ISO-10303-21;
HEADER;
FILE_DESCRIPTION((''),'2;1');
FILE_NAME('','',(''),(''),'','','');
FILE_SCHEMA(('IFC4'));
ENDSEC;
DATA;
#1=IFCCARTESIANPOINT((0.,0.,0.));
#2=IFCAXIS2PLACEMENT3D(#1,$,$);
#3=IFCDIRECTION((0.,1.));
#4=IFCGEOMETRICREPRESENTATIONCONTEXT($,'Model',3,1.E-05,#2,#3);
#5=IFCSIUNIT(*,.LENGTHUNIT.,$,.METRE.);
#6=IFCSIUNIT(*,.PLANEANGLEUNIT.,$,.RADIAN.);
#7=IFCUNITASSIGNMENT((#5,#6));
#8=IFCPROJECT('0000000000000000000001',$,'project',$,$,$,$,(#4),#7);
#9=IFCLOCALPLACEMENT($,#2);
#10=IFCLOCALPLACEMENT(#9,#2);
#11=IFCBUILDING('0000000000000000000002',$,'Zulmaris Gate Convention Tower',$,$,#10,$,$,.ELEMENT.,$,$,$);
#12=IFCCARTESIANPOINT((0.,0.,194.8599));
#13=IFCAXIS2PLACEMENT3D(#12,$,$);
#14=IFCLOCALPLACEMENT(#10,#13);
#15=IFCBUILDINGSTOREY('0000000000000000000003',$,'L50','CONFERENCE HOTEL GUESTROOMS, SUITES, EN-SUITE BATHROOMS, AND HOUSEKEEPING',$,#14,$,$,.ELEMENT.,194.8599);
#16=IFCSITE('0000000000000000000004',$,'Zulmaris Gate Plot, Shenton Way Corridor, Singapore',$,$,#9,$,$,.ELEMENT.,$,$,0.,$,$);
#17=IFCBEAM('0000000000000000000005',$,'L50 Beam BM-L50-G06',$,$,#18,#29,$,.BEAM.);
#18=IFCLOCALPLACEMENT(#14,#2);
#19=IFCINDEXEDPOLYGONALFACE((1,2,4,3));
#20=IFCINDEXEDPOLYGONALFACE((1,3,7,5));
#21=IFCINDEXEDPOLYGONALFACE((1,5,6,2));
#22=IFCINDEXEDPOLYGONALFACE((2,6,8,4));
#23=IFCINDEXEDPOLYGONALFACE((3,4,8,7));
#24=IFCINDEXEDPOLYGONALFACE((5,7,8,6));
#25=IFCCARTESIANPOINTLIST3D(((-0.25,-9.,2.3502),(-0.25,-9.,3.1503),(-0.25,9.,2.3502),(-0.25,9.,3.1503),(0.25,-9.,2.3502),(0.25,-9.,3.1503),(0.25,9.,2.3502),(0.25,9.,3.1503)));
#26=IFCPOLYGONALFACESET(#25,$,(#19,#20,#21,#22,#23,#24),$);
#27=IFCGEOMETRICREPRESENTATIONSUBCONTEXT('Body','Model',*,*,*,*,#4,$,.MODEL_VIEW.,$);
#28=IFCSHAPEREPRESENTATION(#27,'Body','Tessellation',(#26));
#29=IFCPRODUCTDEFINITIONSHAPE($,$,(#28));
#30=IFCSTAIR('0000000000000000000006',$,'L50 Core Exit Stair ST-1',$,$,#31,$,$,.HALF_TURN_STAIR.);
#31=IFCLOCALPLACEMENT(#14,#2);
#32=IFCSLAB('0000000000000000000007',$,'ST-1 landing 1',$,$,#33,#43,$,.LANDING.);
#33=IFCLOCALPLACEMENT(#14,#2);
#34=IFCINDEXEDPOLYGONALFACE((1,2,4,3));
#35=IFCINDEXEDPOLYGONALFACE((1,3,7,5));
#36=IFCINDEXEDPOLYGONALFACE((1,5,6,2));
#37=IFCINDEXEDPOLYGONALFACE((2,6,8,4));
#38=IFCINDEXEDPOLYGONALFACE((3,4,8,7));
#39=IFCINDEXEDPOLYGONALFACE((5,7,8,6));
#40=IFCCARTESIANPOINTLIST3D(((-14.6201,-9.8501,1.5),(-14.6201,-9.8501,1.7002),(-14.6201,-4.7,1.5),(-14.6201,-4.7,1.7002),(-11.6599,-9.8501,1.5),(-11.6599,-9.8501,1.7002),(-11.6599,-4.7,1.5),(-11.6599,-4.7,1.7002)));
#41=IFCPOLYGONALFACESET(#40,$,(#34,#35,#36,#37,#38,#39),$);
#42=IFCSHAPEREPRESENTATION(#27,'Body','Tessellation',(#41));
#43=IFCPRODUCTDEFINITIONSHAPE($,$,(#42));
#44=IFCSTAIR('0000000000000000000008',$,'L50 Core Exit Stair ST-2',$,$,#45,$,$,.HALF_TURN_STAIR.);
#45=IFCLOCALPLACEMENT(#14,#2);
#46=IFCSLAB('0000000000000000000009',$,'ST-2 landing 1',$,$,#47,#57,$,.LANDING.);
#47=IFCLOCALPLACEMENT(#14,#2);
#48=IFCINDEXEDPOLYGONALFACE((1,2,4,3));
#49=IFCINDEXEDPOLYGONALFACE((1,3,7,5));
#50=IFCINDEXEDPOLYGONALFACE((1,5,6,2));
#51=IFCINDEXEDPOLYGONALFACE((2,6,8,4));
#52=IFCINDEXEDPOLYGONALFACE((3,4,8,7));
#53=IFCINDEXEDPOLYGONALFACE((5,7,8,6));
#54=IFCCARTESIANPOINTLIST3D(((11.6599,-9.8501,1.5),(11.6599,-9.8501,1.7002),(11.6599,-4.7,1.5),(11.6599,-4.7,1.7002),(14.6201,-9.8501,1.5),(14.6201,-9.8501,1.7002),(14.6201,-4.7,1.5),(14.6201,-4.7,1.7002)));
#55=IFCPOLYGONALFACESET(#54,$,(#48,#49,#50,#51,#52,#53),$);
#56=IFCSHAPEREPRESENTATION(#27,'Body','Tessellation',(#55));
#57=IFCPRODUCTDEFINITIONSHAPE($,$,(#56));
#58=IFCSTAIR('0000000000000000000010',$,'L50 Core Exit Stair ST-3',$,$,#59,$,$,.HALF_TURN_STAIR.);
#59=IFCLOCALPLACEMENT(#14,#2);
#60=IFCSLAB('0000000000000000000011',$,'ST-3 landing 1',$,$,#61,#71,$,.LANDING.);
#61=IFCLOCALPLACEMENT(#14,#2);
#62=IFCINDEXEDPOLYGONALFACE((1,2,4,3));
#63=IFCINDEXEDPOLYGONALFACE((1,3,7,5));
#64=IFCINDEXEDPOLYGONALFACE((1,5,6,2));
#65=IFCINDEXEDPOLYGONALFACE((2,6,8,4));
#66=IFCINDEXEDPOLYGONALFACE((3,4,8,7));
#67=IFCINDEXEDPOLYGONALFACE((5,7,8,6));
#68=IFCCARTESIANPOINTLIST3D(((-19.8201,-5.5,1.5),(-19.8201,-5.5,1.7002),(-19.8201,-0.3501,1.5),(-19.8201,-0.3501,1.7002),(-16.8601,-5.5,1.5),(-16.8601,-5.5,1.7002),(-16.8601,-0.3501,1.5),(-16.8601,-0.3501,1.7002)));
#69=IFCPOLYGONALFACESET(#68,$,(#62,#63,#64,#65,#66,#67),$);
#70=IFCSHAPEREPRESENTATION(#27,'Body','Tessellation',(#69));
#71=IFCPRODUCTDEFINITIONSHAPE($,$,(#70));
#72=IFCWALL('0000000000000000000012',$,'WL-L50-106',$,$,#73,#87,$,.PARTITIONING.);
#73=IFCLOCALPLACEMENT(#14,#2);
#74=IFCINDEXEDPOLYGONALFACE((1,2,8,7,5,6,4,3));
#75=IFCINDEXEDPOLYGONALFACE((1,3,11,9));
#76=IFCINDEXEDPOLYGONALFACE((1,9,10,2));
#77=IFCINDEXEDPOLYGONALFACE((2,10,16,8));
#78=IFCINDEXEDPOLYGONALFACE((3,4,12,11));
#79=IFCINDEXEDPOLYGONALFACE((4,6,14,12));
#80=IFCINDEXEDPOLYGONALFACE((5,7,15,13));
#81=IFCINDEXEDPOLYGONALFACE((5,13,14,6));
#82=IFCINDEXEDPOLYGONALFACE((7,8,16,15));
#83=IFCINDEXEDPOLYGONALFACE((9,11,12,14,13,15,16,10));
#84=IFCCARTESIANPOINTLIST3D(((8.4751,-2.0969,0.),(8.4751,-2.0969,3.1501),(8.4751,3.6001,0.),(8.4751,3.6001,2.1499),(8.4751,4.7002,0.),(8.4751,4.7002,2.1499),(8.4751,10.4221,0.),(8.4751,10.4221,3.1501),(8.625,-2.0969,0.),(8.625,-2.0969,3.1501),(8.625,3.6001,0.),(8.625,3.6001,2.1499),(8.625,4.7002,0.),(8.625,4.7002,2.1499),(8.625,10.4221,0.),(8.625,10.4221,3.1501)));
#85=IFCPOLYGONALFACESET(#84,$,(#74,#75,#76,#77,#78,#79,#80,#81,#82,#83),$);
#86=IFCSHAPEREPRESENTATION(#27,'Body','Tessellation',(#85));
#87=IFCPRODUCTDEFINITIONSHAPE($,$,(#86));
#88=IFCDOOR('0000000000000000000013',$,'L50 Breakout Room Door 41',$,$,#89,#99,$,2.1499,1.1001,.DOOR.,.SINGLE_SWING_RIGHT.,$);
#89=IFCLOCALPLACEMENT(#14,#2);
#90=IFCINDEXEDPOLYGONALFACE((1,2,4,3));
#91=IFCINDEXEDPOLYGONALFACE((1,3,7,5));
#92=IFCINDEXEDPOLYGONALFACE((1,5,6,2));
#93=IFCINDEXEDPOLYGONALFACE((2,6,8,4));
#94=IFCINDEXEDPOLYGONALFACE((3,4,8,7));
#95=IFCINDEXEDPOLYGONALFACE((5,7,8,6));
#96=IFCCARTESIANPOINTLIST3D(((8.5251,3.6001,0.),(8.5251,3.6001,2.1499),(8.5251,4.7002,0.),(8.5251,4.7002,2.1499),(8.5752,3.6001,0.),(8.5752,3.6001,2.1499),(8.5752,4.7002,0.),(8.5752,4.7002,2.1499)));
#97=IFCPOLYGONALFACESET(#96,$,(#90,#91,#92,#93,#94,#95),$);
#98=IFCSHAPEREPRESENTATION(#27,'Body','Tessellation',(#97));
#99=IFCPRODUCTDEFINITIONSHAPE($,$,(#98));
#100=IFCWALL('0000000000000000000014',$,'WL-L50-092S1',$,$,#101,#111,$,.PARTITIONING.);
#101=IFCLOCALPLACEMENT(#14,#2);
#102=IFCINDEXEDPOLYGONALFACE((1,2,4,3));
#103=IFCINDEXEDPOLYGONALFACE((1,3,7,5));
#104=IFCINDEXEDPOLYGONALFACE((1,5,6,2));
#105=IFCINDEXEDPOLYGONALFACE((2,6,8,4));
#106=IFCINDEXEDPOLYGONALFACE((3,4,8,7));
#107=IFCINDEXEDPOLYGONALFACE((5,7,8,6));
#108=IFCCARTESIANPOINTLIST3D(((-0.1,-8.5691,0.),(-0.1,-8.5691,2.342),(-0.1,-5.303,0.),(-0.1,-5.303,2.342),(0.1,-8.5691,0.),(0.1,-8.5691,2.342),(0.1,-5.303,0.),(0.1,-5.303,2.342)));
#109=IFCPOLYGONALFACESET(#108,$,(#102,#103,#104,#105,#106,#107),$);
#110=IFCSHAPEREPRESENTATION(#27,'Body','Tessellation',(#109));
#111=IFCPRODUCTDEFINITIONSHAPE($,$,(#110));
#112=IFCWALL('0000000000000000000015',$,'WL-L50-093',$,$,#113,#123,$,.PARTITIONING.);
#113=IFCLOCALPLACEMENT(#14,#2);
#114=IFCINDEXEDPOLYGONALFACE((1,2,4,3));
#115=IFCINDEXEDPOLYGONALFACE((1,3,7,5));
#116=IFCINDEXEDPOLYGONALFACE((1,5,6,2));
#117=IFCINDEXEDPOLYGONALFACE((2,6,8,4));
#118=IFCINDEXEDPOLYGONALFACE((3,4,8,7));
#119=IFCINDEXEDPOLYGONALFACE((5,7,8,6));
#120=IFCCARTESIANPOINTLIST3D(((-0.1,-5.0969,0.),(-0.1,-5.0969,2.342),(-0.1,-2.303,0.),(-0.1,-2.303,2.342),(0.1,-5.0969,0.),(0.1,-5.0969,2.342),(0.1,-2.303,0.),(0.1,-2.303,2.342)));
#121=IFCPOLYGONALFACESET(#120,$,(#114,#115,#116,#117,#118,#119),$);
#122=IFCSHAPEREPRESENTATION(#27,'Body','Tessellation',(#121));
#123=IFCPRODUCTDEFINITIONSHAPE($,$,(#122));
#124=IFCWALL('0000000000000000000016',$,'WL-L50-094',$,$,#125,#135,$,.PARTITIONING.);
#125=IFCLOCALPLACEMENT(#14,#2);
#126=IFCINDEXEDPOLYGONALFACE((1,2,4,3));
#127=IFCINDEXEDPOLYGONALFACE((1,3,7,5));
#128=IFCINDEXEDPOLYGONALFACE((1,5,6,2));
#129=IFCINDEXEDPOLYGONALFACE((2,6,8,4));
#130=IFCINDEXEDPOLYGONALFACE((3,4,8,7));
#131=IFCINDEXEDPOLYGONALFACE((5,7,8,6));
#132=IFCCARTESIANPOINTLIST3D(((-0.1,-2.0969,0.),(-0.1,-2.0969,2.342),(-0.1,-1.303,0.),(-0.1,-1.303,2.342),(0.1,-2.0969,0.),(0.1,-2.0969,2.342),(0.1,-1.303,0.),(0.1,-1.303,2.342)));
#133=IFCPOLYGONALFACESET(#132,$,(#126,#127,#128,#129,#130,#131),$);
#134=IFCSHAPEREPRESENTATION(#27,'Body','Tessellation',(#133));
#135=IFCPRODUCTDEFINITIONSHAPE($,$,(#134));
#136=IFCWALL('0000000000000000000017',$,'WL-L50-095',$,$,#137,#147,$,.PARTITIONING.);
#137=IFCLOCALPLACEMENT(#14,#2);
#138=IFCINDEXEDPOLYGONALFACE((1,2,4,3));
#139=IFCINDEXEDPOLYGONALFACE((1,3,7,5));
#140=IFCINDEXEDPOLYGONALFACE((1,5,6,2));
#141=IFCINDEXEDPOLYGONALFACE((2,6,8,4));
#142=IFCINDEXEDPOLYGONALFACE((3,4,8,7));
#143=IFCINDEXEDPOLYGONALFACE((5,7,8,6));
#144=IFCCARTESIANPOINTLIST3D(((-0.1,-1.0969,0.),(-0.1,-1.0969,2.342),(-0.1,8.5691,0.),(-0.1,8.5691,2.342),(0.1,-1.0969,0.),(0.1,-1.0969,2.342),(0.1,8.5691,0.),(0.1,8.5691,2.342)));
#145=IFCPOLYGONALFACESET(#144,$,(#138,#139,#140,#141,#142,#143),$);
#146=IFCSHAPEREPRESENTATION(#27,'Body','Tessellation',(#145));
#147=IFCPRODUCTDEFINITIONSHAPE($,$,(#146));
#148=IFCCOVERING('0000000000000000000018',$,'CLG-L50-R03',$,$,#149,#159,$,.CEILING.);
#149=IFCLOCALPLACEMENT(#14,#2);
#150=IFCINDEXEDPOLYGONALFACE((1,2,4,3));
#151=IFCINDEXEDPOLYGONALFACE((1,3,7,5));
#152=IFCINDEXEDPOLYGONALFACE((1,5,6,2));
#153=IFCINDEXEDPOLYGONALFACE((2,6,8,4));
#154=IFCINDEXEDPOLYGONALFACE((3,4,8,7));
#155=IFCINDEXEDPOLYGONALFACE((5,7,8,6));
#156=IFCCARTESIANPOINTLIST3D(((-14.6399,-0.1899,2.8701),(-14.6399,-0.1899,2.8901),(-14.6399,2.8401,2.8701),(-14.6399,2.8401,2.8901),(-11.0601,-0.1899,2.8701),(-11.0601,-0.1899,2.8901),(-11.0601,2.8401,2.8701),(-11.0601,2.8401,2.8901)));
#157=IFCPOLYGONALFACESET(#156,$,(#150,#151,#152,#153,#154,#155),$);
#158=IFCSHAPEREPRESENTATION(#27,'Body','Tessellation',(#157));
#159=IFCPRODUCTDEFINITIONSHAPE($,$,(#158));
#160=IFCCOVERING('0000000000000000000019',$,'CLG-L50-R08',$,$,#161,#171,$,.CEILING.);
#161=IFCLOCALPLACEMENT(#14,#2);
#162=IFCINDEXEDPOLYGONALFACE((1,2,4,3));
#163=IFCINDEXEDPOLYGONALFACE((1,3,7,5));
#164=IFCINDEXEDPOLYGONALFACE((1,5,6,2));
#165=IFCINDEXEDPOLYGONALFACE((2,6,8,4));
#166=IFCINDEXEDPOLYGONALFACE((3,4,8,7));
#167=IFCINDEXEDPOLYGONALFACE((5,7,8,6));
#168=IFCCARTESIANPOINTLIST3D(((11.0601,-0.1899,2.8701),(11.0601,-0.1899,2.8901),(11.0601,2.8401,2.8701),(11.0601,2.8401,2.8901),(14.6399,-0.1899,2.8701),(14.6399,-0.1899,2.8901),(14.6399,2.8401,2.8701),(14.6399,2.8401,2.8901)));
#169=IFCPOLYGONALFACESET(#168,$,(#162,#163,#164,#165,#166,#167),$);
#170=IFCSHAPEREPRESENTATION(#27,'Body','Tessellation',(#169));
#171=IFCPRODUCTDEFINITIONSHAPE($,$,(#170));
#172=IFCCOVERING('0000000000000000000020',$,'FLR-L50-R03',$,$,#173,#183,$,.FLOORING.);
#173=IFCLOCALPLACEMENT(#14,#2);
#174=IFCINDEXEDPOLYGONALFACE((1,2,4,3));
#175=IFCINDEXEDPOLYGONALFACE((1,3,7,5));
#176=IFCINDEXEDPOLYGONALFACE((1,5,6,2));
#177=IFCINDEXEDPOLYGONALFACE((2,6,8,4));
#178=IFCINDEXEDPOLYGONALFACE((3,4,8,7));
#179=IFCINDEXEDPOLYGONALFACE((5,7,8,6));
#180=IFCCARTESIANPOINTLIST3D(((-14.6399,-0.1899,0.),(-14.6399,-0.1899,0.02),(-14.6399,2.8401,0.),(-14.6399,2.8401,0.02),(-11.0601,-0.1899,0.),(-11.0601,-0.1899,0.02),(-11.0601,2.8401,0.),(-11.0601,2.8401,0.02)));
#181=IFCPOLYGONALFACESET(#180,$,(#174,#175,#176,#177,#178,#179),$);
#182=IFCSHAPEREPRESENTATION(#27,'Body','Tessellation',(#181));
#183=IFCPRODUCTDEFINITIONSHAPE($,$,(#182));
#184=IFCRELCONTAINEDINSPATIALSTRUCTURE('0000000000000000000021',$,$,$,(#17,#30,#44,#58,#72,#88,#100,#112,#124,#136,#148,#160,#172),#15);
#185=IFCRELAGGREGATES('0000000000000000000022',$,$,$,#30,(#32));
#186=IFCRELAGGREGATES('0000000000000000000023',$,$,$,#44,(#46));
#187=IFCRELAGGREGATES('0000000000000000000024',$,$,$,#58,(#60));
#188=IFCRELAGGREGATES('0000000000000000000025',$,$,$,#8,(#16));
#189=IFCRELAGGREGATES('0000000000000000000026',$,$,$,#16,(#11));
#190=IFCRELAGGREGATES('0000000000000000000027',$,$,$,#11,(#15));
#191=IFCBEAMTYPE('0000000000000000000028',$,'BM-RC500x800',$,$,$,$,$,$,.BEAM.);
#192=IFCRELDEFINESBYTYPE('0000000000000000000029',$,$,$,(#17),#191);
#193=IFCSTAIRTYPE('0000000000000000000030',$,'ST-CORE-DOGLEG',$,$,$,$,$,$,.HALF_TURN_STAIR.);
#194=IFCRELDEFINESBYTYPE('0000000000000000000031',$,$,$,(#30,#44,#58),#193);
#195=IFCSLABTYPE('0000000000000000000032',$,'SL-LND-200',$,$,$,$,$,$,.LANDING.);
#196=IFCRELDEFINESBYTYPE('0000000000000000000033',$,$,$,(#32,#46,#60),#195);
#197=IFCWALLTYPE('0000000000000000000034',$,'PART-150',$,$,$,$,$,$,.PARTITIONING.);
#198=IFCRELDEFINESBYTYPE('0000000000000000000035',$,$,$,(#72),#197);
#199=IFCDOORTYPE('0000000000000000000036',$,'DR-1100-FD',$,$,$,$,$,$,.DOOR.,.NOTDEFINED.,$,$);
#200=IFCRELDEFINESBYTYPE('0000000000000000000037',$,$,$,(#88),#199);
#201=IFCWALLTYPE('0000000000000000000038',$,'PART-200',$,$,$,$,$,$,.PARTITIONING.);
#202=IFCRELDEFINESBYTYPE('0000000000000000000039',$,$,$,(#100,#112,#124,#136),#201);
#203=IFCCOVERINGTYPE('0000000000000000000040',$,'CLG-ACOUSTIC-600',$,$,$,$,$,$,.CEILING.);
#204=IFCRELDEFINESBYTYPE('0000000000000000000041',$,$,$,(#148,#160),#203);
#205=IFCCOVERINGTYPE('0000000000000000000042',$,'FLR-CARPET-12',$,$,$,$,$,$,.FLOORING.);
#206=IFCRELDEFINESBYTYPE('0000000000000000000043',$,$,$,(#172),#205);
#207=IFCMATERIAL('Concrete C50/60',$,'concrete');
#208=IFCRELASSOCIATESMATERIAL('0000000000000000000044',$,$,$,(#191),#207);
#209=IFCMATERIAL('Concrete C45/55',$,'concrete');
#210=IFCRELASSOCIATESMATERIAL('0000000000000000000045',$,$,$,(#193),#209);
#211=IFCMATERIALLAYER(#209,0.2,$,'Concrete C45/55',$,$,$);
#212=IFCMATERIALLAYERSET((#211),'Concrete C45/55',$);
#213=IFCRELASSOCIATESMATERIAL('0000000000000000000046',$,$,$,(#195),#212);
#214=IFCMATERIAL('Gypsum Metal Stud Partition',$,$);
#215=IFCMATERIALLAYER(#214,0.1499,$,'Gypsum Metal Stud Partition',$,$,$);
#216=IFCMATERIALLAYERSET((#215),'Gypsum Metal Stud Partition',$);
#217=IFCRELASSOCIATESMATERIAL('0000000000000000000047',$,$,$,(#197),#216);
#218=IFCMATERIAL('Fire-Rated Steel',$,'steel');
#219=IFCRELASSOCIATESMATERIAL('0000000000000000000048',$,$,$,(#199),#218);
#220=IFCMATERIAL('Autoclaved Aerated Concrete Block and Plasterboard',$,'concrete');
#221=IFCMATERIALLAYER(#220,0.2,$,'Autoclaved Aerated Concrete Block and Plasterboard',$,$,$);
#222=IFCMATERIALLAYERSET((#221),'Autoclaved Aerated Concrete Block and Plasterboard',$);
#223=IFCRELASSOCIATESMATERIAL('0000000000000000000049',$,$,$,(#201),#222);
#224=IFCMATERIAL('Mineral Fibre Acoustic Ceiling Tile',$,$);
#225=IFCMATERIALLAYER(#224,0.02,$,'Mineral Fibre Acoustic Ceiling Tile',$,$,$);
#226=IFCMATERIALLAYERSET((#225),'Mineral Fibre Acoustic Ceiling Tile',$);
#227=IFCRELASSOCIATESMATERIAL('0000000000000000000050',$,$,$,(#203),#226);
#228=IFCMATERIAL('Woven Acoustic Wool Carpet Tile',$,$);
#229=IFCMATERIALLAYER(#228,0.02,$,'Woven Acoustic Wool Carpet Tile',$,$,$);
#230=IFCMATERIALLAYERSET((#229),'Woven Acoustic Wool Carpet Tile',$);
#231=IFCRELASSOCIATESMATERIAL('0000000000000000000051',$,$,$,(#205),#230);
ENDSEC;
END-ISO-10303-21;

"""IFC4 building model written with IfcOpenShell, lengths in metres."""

from ifc_helpers import new_model, si_unit, direction, frame, frame_2d, origin, origin_2d, place, context, subcontext, project, spatial, polyline, rectangle, outline, extrude, material, layer, layer_set, material_profile, profile_set, type_object, element, fill, aggregate, save


model = new_model("IFC4")

# Units and contexts
model_context = context("Model", 3, precision=1e-05, world=origin(), true_north=direction((0.0, 1.0)))
body_context = subcontext(model_context, "Body", "Model", "MODEL_VIEW")
ifc_project = project(units=[si_unit("LENGTHUNIT", "METRE"), si_unit("PLANEANGLEUNIT", "RADIAN")], contexts=[model_context])

# Site, building, storey
site_placement = place(None, origin())
site = spatial("IfcSite", under=ifc_project, at=site_placement, Name="Zulmaris Gate Plot, Shenton Way Corridor, Singapore", CompositionType="ELEMENT", RefElevation=0.0)
building_placement = place(site_placement, origin())
building = spatial("IfcBuilding", under=site, at=building_placement, Name="Zulmaris Gate Convention Tower", CompositionType="ELEMENT")
storey_placement = place(building_placement, frame((0.0, 0.0, 194.8599)))
storey = spatial("IfcBuildingStorey", under=building, at=storey_placement, Name="L50", Description="CONFERENCE HOTEL GUESTROOMS, SUITES, EN-SUITE BATHROOMS, AND HOUSEKEEPING", CompositionType="ELEMENT", Elevation=194.8599)

# Beam
ifc_material_1 = material(Name="Concrete C50/60", Category="concrete")
ifc_material_profile = material_profile(ifc_material_1, rectangle(XDim=0.5, YDim=0.8, at=origin_2d()), Name="RC BEAM 500x800")
ifc_profile_set = profile_set([ifc_material_profile], Name="Concrete C50/60")
beam_type = type_object("IfcBeamType", Name="BM-RC500x800", PredefinedType="BEAM", material=ifc_profile_set)
beam_placement = place(storey_placement, frame((0.0, -9.0, 2.7502), z_axis=(0.0, 1.0, 0.0), x_axis=(-1.0, 0.0, 0.0)))
element("IfcBeam", 1, at=beam_placement, inside=storey, type_object=beam_type, Name="L50 Beam BM-L50-G06", PredefinedType="BEAM", context=body_context, shape_type="SweptSolid", body=[
    extrude(rectangle(XDim=0.5, YDim=0.8, at=origin_2d()), origin(), (0.0, 0.0, 1.0), 18.0),
])

# Stairs, slabs
ifc_material_2 = material(Name="Concrete C45/55", Category="concrete")
stair_type = type_object("IfcStairType", Name="ST-CORE-DOGLEG", PredefinedType="HALF_TURN_STAIR", material=ifc_material_2)
stair_1_placement = place(storey_placement, origin())
stair_1 = element("IfcStair", 2, at=stair_1_placement, inside=storey, type_object=stair_type, Name="L50 Core Exit Stair ST-1", PredefinedType="HALF_TURN_STAIR")
ifc_layer_1 = layer(ifc_material_2, 0.2, Name="Concrete C45/55")
ifc_layer_set_1 = layer_set([ifc_layer_1], Name="Concrete C45/55")
slab_type = type_object("IfcSlabType", Name="SL-LND-200", PredefinedType="LANDING", material=ifc_layer_set_1)
slab_1_placement = place(storey_placement, frame((0.0, 0.0, 1.5)))
slab_1 = element("IfcSlab", 3, at=slab_1_placement, type_object=slab_type, Name="ST-1 landing 1", PredefinedType="LANDING", context=body_context, shape_type="SweptSolid", body=[
    extrude(outline(polyline([(-14.6201, -4.7), (-14.6201, -9.8501), (-11.6599, -9.8501), (-11.6599, -4.7), (-14.6201, -4.7)])), origin(), (0.0, 0.0, 1.0), 0.2002),
])
aggregate(stair_1, [slab_1])
stair_2_placement = place(storey_placement, origin())
stair_2 = element("IfcStair", 4, at=stair_2_placement, inside=storey, type_object=stair_type, Name="L50 Core Exit Stair ST-2", PredefinedType="HALF_TURN_STAIR")
slab_2_placement = place(storey_placement, frame((0.0, 0.0, 1.5)))
slab_2 = element("IfcSlab", 5, at=slab_2_placement, type_object=slab_type, Name="ST-2 landing 1", PredefinedType="LANDING", context=body_context, shape_type="SweptSolid", body=[
    extrude(outline(polyline([(11.6599, -4.7), (11.6599, -9.8501), (14.6201, -9.8501), (14.6201, -4.7), (11.6599, -4.7)])), origin(), (0.0, 0.0, 1.0), 0.2002),
])
aggregate(stair_2, [slab_2])
stair_3_placement = place(storey_placement, origin())
stair_3 = element("IfcStair", 6, at=stair_3_placement, inside=storey, type_object=stair_type, Name="L50 Core Exit Stair ST-3", PredefinedType="HALF_TURN_STAIR")
slab_3_placement = place(storey_placement, frame((0.0, 0.0, 1.5)))
slab_3 = element("IfcSlab", 7, at=slab_3_placement, type_object=slab_type, Name="ST-3 landing 1", PredefinedType="LANDING", context=body_context, shape_type="SweptSolid", body=[
    extrude(outline(polyline([(-16.8601, -5.5), (-16.8601, -0.3501), (-19.8201, -0.3501), (-19.8201, -5.5), (-16.8601, -5.5)])), origin(), (0.0, 0.0, 1.0), 0.2002),
])
aggregate(stair_3, [slab_3])

# Wall, opening, door
ifc_material_3 = material(Name="Gypsum Metal Stud Partition")
ifc_layer_2 = layer(ifc_material_3, 0.1499, Name="Gypsum Metal Stud Partition")
ifc_layer_set_2 = layer_set([ifc_layer_2], Name="Gypsum Metal Stud Partition")
wall_type_1 = type_object("IfcWallType", Name="PART-150", PredefinedType="PARTITIONING", material=ifc_layer_set_2)
wall_1_placement = place(storey_placement, frame((8.55, -2.0969, 0.0), z_axis=(0.0, 0.0, 1.0), x_axis=(0.0, 1.0, 0.0)))
wall_1 = element("IfcWall", 8, at=wall_1_placement, inside=storey, type_object=wall_type_1, Name="WL-L50-106", PredefinedType="PARTITIONING", context=body_context, shape_type="SweptSolid", body=[
    extrude(rectangle(XDim=12.519, YDim=0.1499, at=frame_2d((6.2595, 0.0))), origin(), (0.0, 0.0, 1.0), 3.1501),
])
opening_1_placement = place(wall_1_placement, frame((5.697, 0.0, 0.0)))
opening_1 = element("IfcOpeningElement", 9, at=opening_1_placement, cuts=wall_1, PredefinedType="OPENING", context=body_context, shape_type="SweptSolid", body=[
    extrude(rectangle(XDim=1.1001, YDim=2.1499, at=frame_2d((0.55, 1.075))), frame((0.0, 0.085, 0.0), z_axis=(0.0, -1.0, 0.0), x_axis=(1.0, 0.0, 0.0)), (0.0, 0.0, 1.0), 0.1699),
])
ifc_material_4 = material(Name="Fire-Rated Steel", Category="steel")
door_type_1 = type_object("IfcDoorType", Name="DR-1100-FD", OperationType="NOTDEFINED", PredefinedType="DOOR", material=ifc_material_4)
door_1_placement = place(opening_1_placement, origin())
door_1 = element("IfcDoor", 10, at=door_1_placement, inside=storey, type_object=door_type_1, Name="L50 Breakout Room Door 41", OperationType="SINGLE_SWING_RIGHT", OverallHeight=2.1499, OverallWidth=1.1001, PredefinedType="DOOR", context=body_context, shape_type="SweptSolid", body=[
    extrude(rectangle(XDim=1.1001, YDim=2.1499, at=frame_2d((0.55, 1.075))), frame((0.0, 0.0249, 0.0), z_axis=(0.0, -1.0, 0.0), x_axis=(1.0, 0.0, 0.0)), (0.0, 0.0, 1.0), 0.05),
])
fill(opening_1, door_1)

# Walls
ifc_material_5 = material(Name="Autoclaved Aerated Concrete Block and Plasterboard", Category="concrete")
ifc_layer_3 = layer(ifc_material_5, 0.2, Name="Autoclaved Aerated Concrete Block and Plasterboard")
ifc_layer_set_3 = layer_set([ifc_layer_3], Name="Autoclaved Aerated Concrete Block and Plasterboard")
wall_type_2 = type_object("IfcWallType", Name="PART-200", PredefinedType="PARTITIONING", material=ifc_layer_set_3)
wall_2_placement = place(storey_placement, frame((0.0, -8.5691, 0.0), z_axis=(0.0, 0.0, 1.0), x_axis=(0.0, 1.0, 0.0)))
element("IfcWall", 11, at=wall_2_placement, inside=storey, type_object=wall_type_2, Name="WL-L50-092S1", PredefinedType="PARTITIONING", context=body_context, shape_type="SweptSolid", body=[
    extrude(rectangle(XDim=3.2661, YDim=0.2, at=frame_2d((1.6331, 0.0))), origin(), (0.0, 0.0, 1.0), 2.342),
])
wall_3_placement = place(storey_placement, frame((0.0, -5.0969, 0.0), z_axis=(0.0, 0.0, 1.0), x_axis=(0.0, 1.0, 0.0)))
element("IfcWall", 12, at=wall_3_placement, inside=storey, type_object=wall_type_2, Name="WL-L50-093", PredefinedType="PARTITIONING", context=body_context, shape_type="SweptSolid", body=[
    extrude(rectangle(XDim=2.7939, YDim=0.2, at=frame_2d((1.397, 0.0))), origin(), (0.0, 0.0, 1.0), 2.342),
])
wall_4_placement = place(storey_placement, frame((0.0, -2.0969, 0.0), z_axis=(0.0, 0.0, 1.0), x_axis=(0.0, 1.0, 0.0)))
element("IfcWall", 13, at=wall_4_placement, inside=storey, type_object=wall_type_2, Name="WL-L50-094", PredefinedType="PARTITIONING", context=body_context, shape_type="SweptSolid", body=[
    extrude(rectangle(XDim=0.7939, YDim=0.2, at=frame_2d((0.397, 0.0))), origin(), (0.0, 0.0, 1.0), 2.342),
])
wall_5_placement = place(storey_placement, frame((0.0, -1.0969, 0.0), z_axis=(0.0, 0.0, 1.0), x_axis=(0.0, 1.0, 0.0)))
element("IfcWall", 14, at=wall_5_placement, inside=storey, type_object=wall_type_2, Name="WL-L50-095", PredefinedType="PARTITIONING", context=body_context, shape_type="SweptSolid", body=[
    extrude(rectangle(XDim=9.666, YDim=0.2, at=frame_2d((4.833, 0.0))), origin(), (0.0, 0.0, 1.0), 2.342),
])

# Coverings
ifc_material_6 = material(Name="Mineral Fibre Acoustic Ceiling Tile")
ifc_layer_4 = layer(ifc_material_6, 0.02, Name="Mineral Fibre Acoustic Ceiling Tile")
ifc_layer_set_4 = layer_set([ifc_layer_4], Name="Mineral Fibre Acoustic Ceiling Tile")
covering_type_1 = type_object("IfcCoveringType", Name="CLG-ACOUSTIC-600", PredefinedType="CEILING", material=ifc_layer_set_4)
covering_1_placement = place(storey_placement, frame((0.0, 0.0, 2.8701)))
element("IfcCovering", 15, at=covering_1_placement, inside=storey, type_object=covering_type_1, Name="CLG-L50-R03", PredefinedType="CEILING", context=body_context, shape_type="SweptSolid", body=[
    extrude(outline(polyline([(-14.6399, -0.1899), (-11.0601, -0.1899), (-11.0601, 2.8401), (-14.6399, 2.8401), (-14.6399, -0.1899)])), origin(), (0.0, 0.0, 1.0), 0.02),
])
covering_2_placement = place(storey_placement, frame((0.0, 0.0, 2.8701)))
element("IfcCovering", 16, at=covering_2_placement, inside=storey, type_object=covering_type_1, Name="CLG-L50-R08", PredefinedType="CEILING", context=body_context, shape_type="SweptSolid", body=[
    extrude(outline(polyline([(11.0601, -0.1899), (14.6399, -0.1899), (14.6399, 2.8401), (11.0601, 2.8401), (11.0601, -0.1899)])), origin(), (0.0, 0.0, 1.0), 0.02),
])
ifc_material_7 = material(Name="Woven Acoustic Wool Carpet Tile")
ifc_layer_5 = layer(ifc_material_7, 0.02, Name="Woven Acoustic Wool Carpet Tile")
ifc_layer_set_5 = layer_set([ifc_layer_5], Name="Woven Acoustic Wool Carpet Tile")
covering_type_2 = type_object("IfcCoveringType", Name="FLR-CARPET-12", PredefinedType="FLOORING", material=ifc_layer_set_5)
covering_3_placement = place(storey_placement, origin())
element("IfcCovering", 17, at=covering_3_placement, inside=storey, type_object=covering_type_2, Name="FLR-L50-R03", PredefinedType="FLOORING", context=body_context, shape_type="SweptSolid", body=[
    extrude(outline(polyline([(-14.6399, -0.1899), (-11.0601, -0.1899), (-11.0601, 2.8401), (-14.6399, 2.8401), (-14.6399, -0.1899)])), origin(), (0.0, 0.0, 1.0), 0.02),
])

save(model, "model.ifc")
